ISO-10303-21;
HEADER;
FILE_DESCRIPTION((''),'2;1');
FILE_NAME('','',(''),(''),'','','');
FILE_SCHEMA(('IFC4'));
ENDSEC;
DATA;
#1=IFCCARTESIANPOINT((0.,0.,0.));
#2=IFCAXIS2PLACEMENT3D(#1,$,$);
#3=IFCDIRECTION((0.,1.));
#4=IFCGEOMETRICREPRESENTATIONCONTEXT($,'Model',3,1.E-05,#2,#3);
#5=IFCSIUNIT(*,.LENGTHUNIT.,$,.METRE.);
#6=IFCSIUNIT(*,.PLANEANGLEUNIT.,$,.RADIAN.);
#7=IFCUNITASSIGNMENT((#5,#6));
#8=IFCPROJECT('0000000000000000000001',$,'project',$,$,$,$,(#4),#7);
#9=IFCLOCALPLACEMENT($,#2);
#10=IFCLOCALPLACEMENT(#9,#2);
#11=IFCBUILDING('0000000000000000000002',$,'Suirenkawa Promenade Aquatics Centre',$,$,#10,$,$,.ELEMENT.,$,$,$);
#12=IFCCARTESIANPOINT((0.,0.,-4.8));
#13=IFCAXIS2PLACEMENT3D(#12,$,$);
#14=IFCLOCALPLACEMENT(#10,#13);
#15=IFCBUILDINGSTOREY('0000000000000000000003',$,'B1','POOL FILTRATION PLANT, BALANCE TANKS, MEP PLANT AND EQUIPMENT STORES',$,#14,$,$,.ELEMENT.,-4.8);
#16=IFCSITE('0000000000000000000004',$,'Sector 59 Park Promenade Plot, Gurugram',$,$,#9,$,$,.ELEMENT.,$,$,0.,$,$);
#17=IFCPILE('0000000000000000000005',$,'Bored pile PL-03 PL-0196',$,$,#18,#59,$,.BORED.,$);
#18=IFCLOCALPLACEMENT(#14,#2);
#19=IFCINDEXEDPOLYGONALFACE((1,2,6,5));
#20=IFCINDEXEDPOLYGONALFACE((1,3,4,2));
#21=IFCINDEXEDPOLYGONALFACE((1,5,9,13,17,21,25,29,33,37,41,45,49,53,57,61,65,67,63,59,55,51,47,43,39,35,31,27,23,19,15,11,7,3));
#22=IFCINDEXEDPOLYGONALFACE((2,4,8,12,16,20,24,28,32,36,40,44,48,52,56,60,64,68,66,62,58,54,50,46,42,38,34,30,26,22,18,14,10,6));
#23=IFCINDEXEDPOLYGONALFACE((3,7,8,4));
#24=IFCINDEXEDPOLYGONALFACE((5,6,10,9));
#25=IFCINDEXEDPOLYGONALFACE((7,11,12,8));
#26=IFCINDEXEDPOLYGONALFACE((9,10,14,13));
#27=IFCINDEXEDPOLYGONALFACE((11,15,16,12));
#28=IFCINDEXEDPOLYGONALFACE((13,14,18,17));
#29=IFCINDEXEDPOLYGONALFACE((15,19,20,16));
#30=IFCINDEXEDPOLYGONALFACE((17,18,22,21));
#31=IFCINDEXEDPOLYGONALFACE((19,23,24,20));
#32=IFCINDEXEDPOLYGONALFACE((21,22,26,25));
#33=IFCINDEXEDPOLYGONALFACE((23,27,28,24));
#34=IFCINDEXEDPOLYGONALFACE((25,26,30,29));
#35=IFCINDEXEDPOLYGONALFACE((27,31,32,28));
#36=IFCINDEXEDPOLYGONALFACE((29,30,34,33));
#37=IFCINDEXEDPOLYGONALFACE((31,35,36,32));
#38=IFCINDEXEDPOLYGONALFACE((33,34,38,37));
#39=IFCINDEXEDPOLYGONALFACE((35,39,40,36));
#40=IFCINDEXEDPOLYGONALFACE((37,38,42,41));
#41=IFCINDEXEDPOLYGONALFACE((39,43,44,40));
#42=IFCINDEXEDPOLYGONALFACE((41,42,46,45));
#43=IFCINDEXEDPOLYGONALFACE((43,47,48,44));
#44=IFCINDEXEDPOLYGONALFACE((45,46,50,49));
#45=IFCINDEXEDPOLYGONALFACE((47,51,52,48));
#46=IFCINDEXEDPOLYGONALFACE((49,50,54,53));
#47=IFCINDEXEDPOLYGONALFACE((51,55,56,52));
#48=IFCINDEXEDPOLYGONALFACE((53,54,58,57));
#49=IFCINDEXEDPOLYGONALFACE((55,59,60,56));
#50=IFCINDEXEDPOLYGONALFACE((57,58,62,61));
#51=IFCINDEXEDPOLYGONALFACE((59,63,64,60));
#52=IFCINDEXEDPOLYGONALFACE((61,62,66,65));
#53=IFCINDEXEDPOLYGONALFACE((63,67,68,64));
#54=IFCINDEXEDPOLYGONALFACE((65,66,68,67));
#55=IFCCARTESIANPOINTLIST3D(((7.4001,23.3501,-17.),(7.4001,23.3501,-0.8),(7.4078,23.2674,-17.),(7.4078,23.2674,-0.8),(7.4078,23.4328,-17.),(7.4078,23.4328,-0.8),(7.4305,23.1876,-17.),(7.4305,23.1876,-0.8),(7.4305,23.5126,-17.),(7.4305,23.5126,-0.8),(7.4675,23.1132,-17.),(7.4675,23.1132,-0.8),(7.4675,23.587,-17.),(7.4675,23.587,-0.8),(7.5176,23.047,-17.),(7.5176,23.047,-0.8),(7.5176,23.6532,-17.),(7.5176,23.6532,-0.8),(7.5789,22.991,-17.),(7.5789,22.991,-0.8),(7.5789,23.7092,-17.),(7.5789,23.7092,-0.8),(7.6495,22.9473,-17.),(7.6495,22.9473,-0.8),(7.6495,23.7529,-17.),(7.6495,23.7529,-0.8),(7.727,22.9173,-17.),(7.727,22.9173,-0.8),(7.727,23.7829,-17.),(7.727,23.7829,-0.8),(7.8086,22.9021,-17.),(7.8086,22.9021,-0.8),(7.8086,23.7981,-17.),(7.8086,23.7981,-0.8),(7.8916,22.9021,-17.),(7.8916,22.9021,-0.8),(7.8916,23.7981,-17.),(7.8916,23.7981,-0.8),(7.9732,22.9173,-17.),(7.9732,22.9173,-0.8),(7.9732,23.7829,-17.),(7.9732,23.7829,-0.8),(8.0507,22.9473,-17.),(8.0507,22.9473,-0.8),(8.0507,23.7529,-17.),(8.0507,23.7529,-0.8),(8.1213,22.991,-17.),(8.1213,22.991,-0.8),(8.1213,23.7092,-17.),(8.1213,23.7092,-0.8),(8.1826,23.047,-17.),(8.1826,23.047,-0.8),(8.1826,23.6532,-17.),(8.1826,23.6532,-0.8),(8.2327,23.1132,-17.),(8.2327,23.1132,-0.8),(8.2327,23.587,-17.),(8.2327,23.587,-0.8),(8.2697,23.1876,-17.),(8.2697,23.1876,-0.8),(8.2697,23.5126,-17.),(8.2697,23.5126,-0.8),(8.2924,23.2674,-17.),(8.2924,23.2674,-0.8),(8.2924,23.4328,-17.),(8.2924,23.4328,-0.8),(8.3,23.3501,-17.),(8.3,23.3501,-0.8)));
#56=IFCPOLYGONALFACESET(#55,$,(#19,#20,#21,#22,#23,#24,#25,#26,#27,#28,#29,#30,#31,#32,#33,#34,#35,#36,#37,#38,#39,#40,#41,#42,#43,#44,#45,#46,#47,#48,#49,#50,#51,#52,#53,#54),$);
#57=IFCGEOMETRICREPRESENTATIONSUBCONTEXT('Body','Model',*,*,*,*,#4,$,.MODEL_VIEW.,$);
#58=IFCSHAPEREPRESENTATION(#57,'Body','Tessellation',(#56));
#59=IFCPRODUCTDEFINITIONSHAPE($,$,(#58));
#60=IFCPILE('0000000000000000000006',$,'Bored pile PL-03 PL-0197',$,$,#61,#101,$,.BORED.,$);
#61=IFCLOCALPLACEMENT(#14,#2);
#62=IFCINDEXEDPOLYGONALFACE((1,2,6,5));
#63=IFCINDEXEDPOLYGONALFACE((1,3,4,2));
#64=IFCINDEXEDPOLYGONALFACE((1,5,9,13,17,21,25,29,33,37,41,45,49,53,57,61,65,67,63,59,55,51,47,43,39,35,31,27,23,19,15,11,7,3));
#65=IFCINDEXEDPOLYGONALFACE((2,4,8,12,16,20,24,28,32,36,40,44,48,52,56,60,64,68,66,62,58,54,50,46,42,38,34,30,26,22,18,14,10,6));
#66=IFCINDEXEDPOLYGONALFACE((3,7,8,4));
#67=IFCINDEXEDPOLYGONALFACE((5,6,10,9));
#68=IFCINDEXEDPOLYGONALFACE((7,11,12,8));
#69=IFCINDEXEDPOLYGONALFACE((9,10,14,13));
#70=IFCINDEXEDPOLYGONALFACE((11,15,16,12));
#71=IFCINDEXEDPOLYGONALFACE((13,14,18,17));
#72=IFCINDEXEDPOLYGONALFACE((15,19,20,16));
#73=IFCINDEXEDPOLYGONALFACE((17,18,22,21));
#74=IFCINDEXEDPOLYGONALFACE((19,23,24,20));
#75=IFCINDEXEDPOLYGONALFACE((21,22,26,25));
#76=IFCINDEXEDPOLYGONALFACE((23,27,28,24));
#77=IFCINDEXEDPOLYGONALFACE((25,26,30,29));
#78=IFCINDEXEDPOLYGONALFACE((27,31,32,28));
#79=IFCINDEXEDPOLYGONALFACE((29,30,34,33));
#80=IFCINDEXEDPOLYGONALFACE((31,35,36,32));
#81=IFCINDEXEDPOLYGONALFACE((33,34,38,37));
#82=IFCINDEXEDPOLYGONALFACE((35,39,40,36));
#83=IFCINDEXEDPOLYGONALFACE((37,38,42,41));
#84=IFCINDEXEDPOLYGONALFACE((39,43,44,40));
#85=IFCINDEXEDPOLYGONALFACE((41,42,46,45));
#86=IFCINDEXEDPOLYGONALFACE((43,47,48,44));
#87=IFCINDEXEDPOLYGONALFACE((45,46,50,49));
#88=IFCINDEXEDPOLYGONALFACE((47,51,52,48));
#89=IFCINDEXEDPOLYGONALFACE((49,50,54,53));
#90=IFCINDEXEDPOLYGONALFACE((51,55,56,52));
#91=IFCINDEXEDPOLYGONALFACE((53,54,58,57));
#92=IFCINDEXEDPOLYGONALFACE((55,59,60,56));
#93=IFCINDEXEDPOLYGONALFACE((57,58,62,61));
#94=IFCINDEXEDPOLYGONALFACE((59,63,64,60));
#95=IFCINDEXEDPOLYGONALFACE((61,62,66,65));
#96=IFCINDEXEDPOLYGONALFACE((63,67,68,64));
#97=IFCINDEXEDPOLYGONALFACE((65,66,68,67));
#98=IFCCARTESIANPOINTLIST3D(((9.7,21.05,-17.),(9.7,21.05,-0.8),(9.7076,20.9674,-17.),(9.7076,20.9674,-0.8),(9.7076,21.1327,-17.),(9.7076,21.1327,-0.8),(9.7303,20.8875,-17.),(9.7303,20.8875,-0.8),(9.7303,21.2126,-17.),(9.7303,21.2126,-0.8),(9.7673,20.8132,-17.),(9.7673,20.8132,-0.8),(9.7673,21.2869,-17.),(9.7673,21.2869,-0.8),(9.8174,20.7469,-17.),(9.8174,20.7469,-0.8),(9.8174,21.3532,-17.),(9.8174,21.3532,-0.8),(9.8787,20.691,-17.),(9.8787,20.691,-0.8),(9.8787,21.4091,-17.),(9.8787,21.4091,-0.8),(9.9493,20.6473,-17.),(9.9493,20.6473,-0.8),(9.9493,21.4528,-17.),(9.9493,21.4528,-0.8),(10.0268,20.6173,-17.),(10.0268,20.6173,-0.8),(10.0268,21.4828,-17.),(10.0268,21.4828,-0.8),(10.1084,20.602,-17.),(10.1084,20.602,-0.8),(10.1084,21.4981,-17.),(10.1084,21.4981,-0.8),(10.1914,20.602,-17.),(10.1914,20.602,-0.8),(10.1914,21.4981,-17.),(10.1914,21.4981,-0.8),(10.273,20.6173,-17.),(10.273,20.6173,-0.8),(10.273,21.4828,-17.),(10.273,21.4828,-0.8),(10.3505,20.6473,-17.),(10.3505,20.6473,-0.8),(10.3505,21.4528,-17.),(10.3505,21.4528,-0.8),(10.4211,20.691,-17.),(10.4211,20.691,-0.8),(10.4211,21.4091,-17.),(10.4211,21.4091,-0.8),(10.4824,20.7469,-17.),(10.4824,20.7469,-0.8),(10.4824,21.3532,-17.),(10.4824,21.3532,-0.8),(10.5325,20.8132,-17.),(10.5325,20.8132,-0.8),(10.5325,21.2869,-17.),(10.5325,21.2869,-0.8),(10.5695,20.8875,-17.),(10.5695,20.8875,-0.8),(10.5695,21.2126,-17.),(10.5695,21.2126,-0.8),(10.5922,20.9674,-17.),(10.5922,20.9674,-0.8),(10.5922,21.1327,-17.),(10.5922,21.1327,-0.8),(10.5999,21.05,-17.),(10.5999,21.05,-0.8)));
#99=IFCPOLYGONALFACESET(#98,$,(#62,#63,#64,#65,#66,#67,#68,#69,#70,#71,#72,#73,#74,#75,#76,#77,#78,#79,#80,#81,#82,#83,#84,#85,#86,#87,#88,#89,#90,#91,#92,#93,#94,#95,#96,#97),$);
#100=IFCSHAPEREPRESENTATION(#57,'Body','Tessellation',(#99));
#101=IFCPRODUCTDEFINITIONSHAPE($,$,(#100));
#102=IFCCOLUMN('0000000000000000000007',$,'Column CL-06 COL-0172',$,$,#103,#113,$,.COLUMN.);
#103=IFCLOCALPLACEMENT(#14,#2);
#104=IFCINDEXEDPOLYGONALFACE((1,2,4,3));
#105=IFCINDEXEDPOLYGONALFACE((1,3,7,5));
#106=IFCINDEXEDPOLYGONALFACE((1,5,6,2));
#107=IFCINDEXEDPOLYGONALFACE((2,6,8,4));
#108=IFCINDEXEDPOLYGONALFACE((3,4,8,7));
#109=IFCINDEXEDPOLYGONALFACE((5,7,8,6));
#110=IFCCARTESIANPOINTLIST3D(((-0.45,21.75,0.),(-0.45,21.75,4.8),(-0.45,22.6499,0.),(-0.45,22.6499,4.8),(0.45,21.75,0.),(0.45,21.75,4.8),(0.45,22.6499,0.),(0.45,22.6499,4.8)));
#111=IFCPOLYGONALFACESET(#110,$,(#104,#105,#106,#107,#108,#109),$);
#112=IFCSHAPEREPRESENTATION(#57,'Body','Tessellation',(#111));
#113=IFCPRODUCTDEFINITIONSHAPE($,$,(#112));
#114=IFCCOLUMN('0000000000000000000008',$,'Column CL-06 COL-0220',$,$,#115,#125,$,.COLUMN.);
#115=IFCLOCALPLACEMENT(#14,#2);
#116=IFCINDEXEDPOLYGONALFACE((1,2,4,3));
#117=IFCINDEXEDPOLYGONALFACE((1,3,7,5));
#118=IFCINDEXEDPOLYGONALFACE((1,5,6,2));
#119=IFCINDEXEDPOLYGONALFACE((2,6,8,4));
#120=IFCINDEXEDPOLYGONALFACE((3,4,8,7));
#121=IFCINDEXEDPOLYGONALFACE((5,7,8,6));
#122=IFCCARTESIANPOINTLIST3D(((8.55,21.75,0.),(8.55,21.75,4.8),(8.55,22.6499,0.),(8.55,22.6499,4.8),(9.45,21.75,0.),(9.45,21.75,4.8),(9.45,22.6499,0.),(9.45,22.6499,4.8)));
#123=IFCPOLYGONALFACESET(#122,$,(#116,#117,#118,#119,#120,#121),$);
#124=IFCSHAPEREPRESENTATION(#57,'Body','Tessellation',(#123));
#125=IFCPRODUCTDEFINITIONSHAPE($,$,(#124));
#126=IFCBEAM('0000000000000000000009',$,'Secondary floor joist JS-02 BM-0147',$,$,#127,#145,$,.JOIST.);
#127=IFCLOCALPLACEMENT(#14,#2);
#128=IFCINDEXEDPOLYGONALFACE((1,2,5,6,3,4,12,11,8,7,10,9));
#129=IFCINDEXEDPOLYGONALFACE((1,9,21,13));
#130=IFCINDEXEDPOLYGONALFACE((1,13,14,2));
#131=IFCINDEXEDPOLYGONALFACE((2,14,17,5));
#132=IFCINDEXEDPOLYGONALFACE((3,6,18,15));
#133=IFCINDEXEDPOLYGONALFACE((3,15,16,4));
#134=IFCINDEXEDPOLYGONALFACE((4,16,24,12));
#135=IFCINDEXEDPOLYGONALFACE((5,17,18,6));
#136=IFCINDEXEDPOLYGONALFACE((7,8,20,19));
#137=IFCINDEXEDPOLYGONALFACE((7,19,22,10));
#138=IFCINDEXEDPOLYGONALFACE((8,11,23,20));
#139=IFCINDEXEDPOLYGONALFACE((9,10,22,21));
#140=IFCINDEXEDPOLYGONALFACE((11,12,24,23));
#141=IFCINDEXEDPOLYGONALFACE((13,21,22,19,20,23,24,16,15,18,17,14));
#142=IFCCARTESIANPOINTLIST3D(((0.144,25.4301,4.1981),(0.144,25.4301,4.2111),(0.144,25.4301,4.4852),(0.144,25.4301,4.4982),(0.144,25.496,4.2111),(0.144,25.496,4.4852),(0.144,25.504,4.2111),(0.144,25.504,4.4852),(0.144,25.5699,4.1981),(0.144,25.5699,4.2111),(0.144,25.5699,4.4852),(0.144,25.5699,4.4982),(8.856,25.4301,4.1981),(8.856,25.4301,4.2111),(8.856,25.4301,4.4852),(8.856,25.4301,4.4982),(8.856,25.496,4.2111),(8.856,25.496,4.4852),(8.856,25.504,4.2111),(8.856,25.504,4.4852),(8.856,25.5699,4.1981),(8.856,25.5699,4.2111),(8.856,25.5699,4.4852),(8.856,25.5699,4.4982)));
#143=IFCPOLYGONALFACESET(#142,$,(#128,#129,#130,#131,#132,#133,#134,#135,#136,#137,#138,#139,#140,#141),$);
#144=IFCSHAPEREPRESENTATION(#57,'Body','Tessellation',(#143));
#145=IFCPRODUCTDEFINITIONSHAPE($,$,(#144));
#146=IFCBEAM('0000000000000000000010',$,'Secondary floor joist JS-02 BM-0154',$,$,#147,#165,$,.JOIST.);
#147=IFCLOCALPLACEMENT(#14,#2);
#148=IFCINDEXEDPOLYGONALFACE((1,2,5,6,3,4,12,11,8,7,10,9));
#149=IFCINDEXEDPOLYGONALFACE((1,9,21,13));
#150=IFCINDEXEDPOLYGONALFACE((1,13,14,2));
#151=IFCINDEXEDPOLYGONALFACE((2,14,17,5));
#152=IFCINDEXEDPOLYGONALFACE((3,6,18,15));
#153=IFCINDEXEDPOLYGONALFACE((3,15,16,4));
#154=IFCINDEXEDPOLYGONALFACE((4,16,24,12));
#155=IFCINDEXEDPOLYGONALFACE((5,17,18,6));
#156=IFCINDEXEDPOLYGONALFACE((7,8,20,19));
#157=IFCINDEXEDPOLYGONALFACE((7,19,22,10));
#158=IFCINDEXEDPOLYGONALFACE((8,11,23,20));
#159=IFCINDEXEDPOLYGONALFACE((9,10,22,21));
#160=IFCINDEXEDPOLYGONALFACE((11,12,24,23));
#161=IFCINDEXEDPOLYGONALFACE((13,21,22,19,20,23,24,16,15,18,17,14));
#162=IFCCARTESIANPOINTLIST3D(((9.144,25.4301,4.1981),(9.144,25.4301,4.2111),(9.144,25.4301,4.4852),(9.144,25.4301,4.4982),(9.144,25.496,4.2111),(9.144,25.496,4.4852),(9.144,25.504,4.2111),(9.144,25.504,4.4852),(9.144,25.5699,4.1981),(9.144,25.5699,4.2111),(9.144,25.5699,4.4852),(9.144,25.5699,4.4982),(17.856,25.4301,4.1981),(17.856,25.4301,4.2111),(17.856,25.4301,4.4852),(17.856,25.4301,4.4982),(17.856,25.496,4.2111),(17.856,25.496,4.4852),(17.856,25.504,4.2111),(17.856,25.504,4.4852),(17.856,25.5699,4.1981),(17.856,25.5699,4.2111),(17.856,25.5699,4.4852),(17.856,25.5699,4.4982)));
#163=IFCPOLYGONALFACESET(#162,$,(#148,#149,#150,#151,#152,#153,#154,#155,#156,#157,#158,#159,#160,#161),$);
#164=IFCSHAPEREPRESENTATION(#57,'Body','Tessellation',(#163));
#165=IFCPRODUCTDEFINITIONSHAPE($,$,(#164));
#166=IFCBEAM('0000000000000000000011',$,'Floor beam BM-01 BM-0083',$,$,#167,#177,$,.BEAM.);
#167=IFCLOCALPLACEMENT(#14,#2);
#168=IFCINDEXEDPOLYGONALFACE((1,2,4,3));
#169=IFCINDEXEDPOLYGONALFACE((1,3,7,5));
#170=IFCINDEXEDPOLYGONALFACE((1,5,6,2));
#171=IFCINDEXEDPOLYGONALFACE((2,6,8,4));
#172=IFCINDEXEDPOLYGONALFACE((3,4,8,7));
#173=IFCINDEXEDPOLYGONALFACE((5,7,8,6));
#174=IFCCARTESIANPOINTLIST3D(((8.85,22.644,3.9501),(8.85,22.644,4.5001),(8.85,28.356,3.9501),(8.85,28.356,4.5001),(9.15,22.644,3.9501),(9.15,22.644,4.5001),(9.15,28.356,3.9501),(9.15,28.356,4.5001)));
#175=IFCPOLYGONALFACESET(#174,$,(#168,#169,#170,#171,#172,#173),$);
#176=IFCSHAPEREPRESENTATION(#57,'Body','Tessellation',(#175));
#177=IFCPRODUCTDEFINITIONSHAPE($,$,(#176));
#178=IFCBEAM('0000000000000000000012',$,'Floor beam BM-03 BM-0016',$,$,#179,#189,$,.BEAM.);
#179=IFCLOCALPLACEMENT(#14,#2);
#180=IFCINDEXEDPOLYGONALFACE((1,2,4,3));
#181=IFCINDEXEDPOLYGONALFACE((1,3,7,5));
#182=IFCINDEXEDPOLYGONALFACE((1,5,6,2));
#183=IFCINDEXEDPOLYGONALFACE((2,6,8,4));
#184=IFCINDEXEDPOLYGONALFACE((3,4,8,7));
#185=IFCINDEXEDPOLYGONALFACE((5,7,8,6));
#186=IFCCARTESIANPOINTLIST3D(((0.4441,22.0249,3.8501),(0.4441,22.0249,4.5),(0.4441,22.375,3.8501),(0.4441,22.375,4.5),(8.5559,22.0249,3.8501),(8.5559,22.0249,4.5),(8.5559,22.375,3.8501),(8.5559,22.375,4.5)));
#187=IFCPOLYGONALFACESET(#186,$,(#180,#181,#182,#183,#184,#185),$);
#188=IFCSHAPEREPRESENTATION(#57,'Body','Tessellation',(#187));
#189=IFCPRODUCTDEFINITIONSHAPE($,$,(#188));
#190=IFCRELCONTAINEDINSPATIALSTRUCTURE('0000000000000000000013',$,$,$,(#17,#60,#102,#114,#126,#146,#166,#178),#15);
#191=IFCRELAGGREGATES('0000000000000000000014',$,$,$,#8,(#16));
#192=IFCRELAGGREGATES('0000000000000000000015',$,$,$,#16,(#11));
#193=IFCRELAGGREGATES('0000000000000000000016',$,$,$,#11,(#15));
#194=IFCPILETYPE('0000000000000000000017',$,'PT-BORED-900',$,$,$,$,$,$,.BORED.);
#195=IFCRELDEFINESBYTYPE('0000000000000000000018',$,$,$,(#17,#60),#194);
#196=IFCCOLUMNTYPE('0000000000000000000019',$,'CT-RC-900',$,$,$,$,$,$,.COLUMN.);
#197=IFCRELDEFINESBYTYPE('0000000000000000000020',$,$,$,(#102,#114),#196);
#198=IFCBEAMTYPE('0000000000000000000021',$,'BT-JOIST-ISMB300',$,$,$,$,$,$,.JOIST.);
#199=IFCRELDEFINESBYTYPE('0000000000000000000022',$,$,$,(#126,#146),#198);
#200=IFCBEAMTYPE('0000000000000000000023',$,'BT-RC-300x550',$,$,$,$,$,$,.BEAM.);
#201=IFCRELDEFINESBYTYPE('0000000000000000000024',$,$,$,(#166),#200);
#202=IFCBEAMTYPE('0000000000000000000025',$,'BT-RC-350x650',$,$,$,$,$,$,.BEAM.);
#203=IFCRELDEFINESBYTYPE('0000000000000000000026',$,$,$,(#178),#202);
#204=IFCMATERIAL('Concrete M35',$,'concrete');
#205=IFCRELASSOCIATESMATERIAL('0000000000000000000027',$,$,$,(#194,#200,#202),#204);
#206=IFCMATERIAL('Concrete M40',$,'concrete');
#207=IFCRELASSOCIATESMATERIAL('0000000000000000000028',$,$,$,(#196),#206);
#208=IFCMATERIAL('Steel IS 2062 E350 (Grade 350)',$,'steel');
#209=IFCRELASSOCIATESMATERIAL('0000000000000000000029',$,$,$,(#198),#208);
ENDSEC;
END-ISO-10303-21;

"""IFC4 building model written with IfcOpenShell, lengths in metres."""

from ifc_helpers import new_model, si_unit, direction, frame, origin, origin_2d, place, context, subcontext, project, spatial, rectangle, circle, i_section, extrude, material, material_profile, profile_set, type_object, element, save


model = new_model("IFC4")

# Units and contexts
model_context = context("Model", 3, precision=1e-05, world=origin(), true_north=direction((0.0, 1.0)))
body_context = subcontext(model_context, "Body", "Model", "MODEL_VIEW")
ifc_project = project(units=[si_unit("LENGTHUNIT", "METRE"), si_unit("PLANEANGLEUNIT", "RADIAN")], contexts=[model_context])

# Site, building, storey
site_placement = place(None, origin())
site = spatial("IfcSite", under=ifc_project, at=site_placement, Name="Sector 59 Park Promenade Plot, Gurugram", CompositionType="ELEMENT", RefElevation=0.0)
building_placement = place(site_placement, origin())
building = spatial("IfcBuilding", under=site, at=building_placement, Name="Suirenkawa Promenade Aquatics Centre", CompositionType="ELEMENT")
storey_placement = place(building_placement, frame((0.0, 0.0, -4.8)))
storey = spatial("IfcBuildingStorey", under=building, at=storey_placement, Name="B1", Description="POOL FILTRATION PLANT, BALANCE TANKS, MEP PLANT AND EQUIPMENT STORES", CompositionType="ELEMENT", Elevation=-4.8)

# Shared definitions
ifc_material_1 = material(Name="Concrete M35", Category="concrete")

# Piles
ifc_material_profile_1 = material_profile(ifc_material_1, circle(Radius=0.45, at=origin_2d()), Name="PILE D900", Category="concrete")
ifc_profile_set_1 = profile_set([ifc_material_profile_1], Name="Concrete M35")
pile_type = type_object("IfcPileType", Name="PT-BORED-900", PredefinedType="BORED", material=ifc_profile_set_1)
for number, where, z_axis, x_axis, name in (
    (1, (7.8501, 23.3501, -0.8), (0.0, 0.0, -1.0), (1.0, 0.0, 0.0), "Bored pile PL-03 PL-0196"),
    (2, (10.1499, 21.05, -0.8), (0.0, 0.0, -1.0), (1.0, 0.0, 0.0), "Bored pile PL-03 PL-0197"),
):
    element("IfcPile", number, at=place(storey_placement, frame(where, z_axis=z_axis, x_axis=x_axis)), inside=storey, type_object=pile_type, Name=name, PredefinedType="BORED", context=body_context, shape_type="SweptSolid", body=[
        extrude(circle(Radius=0.45, at=origin_2d()), origin(), (0.0, 0.0, 1.0), 16.2),
    ])

# Columns
ifc_material_2 = material(Name="Concrete M40", Category="concrete")
ifc_material_profile_2 = material_profile(ifc_material_2, rectangle(XDim=0.8999, YDim=0.8999, at=origin_2d()), Name="RC COL 900x900", Category="concrete")
ifc_profile_set_2 = profile_set([ifc_material_profile_2], Name="Concrete M40")
column_type = type_object("IfcColumnType", Name="CT-RC-900", PredefinedType="COLUMN", material=ifc_profile_set_2)
for number, where, z_axis, x_axis, name in (
    (3, (0.0, 22.2, 0.0), (0.0, 0.0, 1.0), (1.0, 0.0, 0.0), "Column CL-06 COL-0172"),
    (4, (9.0, 22.2, 0.0), (0.0, 0.0, 1.0), (1.0, 0.0, 0.0), "Column CL-06 COL-0220"),
):
    element("IfcColumn", number, at=place(storey_placement, frame(where, z_axis=z_axis, x_axis=x_axis)), inside=storey, type_object=column_type, Name=name, PredefinedType="COLUMN", context=body_context, shape_type="SweptSolid", body=[
        extrude(rectangle(XDim=0.8999, YDim=0.8999, at=origin_2d()), origin(), (0.0, 0.0, 1.0), 4.8),
    ])

# Beams
ifc_material_3 = material(Name="Steel IS 2062 E350 (Grade 350)", Category="steel")
ifc_material_profile_3 = material_profile(ifc_material_3, i_section(OverallWidth=0.1399, OverallDepth=0.3, WebThickness=0.0081, FlangeThickness=0.0129, at=origin_2d()), Name="ISMB 300", Category="steel")
ifc_profile_set_3 = profile_set([ifc_material_profile_3], Name="Steel IS 2062 E350 (Grade 350)")
beam_type_1 = type_object("IfcBeamType", Name="BT-JOIST-ISMB300", PredefinedType="JOIST", material=ifc_profile_set_3)
for number, where, z_axis, x_axis, name in (
    (5, (0.144, 25.5, 4.3481), (1.0, 0.0, 0.0), (0.0, 1.0, 0.0), "Secondary floor joist JS-02 BM-0147"),
    (6, (9.144, 25.5, 4.3481), (1.0, 0.0, 0.0), (0.0, 1.0, 0.0), "Secondary floor joist JS-02 BM-0154"),
):
    element("IfcBeam", number, at=place(storey_placement, frame(where, z_axis=z_axis, x_axis=x_axis)), inside=storey, type_object=beam_type_1, Name=name, PredefinedType="JOIST", context=body_context, shape_type="SweptSolid", body=[
        extrude(i_section(OverallWidth=0.1399, OverallDepth=0.3, WebThickness=0.0081, FlangeThickness=0.0129, at=origin_2d()), origin(), (0.0, 0.0, 1.0), 8.7119),
    ])
ifc_material_profile_4 = material_profile(ifc_material_1, rectangle(XDim=0.3, YDim=0.55, at=origin_2d()), Name="RC BM 300x550", Category="concrete")
ifc_profile_set_4 = profile_set([ifc_material_profile_4], Name="Concrete M35")
beam_type_2 = type_object("IfcBeamType", Name="BT-RC-300x550", PredefinedType="BEAM", material=ifc_profile_set_4)
beam_1_placement = place(storey_placement, frame((9.0, 22.644, 4.2251), z_axis=(0.0, 1.0, 0.0), x_axis=(-1.0, 0.0, 0.0)))
element("IfcBeam", 7, at=beam_1_placement, inside=storey, type_object=beam_type_2, Name="Floor beam BM-01 BM-0083", PredefinedType="BEAM", context=body_context, shape_type="SweptSolid", body=[
    extrude(rectangle(XDim=0.3, YDim=0.55, at=origin_2d()), origin(), (0.0, 0.0, 1.0), 5.7119),
])
ifc_material_profile_5 = material_profile(ifc_material_1, rectangle(XDim=0.3501, YDim=0.6499, at=origin_2d()), Name="RC BM 350x650", Category="concrete")
ifc_profile_set_5 = profile_set([ifc_material_profile_5], Name="Concrete M35")
beam_type_3 = type_object("IfcBeamType", Name="BT-RC-350x650", PredefinedType="BEAM", material=ifc_profile_set_5)
for number, where, z_axis, x_axis, name in (
    (8, (0.4441, 22.2, 4.175), (1.0, 0.0, 0.0), (0.0, 1.0, 0.0), "Floor beam BM-03 BM-0016"),
):
    element("IfcBeam", number, at=place(storey_placement, frame(where, z_axis=z_axis, x_axis=x_axis)), inside=storey, type_object=beam_type_3, Name=name, PredefinedType="BEAM", context=body_context, shape_type="SweptSolid", body=[
        extrude(rectangle(XDim=0.3501, YDim=0.6499, at=origin_2d()), origin(), (0.0, 0.0, 1.0), 8.1118),
    ])

save(model, "model.ifc")
